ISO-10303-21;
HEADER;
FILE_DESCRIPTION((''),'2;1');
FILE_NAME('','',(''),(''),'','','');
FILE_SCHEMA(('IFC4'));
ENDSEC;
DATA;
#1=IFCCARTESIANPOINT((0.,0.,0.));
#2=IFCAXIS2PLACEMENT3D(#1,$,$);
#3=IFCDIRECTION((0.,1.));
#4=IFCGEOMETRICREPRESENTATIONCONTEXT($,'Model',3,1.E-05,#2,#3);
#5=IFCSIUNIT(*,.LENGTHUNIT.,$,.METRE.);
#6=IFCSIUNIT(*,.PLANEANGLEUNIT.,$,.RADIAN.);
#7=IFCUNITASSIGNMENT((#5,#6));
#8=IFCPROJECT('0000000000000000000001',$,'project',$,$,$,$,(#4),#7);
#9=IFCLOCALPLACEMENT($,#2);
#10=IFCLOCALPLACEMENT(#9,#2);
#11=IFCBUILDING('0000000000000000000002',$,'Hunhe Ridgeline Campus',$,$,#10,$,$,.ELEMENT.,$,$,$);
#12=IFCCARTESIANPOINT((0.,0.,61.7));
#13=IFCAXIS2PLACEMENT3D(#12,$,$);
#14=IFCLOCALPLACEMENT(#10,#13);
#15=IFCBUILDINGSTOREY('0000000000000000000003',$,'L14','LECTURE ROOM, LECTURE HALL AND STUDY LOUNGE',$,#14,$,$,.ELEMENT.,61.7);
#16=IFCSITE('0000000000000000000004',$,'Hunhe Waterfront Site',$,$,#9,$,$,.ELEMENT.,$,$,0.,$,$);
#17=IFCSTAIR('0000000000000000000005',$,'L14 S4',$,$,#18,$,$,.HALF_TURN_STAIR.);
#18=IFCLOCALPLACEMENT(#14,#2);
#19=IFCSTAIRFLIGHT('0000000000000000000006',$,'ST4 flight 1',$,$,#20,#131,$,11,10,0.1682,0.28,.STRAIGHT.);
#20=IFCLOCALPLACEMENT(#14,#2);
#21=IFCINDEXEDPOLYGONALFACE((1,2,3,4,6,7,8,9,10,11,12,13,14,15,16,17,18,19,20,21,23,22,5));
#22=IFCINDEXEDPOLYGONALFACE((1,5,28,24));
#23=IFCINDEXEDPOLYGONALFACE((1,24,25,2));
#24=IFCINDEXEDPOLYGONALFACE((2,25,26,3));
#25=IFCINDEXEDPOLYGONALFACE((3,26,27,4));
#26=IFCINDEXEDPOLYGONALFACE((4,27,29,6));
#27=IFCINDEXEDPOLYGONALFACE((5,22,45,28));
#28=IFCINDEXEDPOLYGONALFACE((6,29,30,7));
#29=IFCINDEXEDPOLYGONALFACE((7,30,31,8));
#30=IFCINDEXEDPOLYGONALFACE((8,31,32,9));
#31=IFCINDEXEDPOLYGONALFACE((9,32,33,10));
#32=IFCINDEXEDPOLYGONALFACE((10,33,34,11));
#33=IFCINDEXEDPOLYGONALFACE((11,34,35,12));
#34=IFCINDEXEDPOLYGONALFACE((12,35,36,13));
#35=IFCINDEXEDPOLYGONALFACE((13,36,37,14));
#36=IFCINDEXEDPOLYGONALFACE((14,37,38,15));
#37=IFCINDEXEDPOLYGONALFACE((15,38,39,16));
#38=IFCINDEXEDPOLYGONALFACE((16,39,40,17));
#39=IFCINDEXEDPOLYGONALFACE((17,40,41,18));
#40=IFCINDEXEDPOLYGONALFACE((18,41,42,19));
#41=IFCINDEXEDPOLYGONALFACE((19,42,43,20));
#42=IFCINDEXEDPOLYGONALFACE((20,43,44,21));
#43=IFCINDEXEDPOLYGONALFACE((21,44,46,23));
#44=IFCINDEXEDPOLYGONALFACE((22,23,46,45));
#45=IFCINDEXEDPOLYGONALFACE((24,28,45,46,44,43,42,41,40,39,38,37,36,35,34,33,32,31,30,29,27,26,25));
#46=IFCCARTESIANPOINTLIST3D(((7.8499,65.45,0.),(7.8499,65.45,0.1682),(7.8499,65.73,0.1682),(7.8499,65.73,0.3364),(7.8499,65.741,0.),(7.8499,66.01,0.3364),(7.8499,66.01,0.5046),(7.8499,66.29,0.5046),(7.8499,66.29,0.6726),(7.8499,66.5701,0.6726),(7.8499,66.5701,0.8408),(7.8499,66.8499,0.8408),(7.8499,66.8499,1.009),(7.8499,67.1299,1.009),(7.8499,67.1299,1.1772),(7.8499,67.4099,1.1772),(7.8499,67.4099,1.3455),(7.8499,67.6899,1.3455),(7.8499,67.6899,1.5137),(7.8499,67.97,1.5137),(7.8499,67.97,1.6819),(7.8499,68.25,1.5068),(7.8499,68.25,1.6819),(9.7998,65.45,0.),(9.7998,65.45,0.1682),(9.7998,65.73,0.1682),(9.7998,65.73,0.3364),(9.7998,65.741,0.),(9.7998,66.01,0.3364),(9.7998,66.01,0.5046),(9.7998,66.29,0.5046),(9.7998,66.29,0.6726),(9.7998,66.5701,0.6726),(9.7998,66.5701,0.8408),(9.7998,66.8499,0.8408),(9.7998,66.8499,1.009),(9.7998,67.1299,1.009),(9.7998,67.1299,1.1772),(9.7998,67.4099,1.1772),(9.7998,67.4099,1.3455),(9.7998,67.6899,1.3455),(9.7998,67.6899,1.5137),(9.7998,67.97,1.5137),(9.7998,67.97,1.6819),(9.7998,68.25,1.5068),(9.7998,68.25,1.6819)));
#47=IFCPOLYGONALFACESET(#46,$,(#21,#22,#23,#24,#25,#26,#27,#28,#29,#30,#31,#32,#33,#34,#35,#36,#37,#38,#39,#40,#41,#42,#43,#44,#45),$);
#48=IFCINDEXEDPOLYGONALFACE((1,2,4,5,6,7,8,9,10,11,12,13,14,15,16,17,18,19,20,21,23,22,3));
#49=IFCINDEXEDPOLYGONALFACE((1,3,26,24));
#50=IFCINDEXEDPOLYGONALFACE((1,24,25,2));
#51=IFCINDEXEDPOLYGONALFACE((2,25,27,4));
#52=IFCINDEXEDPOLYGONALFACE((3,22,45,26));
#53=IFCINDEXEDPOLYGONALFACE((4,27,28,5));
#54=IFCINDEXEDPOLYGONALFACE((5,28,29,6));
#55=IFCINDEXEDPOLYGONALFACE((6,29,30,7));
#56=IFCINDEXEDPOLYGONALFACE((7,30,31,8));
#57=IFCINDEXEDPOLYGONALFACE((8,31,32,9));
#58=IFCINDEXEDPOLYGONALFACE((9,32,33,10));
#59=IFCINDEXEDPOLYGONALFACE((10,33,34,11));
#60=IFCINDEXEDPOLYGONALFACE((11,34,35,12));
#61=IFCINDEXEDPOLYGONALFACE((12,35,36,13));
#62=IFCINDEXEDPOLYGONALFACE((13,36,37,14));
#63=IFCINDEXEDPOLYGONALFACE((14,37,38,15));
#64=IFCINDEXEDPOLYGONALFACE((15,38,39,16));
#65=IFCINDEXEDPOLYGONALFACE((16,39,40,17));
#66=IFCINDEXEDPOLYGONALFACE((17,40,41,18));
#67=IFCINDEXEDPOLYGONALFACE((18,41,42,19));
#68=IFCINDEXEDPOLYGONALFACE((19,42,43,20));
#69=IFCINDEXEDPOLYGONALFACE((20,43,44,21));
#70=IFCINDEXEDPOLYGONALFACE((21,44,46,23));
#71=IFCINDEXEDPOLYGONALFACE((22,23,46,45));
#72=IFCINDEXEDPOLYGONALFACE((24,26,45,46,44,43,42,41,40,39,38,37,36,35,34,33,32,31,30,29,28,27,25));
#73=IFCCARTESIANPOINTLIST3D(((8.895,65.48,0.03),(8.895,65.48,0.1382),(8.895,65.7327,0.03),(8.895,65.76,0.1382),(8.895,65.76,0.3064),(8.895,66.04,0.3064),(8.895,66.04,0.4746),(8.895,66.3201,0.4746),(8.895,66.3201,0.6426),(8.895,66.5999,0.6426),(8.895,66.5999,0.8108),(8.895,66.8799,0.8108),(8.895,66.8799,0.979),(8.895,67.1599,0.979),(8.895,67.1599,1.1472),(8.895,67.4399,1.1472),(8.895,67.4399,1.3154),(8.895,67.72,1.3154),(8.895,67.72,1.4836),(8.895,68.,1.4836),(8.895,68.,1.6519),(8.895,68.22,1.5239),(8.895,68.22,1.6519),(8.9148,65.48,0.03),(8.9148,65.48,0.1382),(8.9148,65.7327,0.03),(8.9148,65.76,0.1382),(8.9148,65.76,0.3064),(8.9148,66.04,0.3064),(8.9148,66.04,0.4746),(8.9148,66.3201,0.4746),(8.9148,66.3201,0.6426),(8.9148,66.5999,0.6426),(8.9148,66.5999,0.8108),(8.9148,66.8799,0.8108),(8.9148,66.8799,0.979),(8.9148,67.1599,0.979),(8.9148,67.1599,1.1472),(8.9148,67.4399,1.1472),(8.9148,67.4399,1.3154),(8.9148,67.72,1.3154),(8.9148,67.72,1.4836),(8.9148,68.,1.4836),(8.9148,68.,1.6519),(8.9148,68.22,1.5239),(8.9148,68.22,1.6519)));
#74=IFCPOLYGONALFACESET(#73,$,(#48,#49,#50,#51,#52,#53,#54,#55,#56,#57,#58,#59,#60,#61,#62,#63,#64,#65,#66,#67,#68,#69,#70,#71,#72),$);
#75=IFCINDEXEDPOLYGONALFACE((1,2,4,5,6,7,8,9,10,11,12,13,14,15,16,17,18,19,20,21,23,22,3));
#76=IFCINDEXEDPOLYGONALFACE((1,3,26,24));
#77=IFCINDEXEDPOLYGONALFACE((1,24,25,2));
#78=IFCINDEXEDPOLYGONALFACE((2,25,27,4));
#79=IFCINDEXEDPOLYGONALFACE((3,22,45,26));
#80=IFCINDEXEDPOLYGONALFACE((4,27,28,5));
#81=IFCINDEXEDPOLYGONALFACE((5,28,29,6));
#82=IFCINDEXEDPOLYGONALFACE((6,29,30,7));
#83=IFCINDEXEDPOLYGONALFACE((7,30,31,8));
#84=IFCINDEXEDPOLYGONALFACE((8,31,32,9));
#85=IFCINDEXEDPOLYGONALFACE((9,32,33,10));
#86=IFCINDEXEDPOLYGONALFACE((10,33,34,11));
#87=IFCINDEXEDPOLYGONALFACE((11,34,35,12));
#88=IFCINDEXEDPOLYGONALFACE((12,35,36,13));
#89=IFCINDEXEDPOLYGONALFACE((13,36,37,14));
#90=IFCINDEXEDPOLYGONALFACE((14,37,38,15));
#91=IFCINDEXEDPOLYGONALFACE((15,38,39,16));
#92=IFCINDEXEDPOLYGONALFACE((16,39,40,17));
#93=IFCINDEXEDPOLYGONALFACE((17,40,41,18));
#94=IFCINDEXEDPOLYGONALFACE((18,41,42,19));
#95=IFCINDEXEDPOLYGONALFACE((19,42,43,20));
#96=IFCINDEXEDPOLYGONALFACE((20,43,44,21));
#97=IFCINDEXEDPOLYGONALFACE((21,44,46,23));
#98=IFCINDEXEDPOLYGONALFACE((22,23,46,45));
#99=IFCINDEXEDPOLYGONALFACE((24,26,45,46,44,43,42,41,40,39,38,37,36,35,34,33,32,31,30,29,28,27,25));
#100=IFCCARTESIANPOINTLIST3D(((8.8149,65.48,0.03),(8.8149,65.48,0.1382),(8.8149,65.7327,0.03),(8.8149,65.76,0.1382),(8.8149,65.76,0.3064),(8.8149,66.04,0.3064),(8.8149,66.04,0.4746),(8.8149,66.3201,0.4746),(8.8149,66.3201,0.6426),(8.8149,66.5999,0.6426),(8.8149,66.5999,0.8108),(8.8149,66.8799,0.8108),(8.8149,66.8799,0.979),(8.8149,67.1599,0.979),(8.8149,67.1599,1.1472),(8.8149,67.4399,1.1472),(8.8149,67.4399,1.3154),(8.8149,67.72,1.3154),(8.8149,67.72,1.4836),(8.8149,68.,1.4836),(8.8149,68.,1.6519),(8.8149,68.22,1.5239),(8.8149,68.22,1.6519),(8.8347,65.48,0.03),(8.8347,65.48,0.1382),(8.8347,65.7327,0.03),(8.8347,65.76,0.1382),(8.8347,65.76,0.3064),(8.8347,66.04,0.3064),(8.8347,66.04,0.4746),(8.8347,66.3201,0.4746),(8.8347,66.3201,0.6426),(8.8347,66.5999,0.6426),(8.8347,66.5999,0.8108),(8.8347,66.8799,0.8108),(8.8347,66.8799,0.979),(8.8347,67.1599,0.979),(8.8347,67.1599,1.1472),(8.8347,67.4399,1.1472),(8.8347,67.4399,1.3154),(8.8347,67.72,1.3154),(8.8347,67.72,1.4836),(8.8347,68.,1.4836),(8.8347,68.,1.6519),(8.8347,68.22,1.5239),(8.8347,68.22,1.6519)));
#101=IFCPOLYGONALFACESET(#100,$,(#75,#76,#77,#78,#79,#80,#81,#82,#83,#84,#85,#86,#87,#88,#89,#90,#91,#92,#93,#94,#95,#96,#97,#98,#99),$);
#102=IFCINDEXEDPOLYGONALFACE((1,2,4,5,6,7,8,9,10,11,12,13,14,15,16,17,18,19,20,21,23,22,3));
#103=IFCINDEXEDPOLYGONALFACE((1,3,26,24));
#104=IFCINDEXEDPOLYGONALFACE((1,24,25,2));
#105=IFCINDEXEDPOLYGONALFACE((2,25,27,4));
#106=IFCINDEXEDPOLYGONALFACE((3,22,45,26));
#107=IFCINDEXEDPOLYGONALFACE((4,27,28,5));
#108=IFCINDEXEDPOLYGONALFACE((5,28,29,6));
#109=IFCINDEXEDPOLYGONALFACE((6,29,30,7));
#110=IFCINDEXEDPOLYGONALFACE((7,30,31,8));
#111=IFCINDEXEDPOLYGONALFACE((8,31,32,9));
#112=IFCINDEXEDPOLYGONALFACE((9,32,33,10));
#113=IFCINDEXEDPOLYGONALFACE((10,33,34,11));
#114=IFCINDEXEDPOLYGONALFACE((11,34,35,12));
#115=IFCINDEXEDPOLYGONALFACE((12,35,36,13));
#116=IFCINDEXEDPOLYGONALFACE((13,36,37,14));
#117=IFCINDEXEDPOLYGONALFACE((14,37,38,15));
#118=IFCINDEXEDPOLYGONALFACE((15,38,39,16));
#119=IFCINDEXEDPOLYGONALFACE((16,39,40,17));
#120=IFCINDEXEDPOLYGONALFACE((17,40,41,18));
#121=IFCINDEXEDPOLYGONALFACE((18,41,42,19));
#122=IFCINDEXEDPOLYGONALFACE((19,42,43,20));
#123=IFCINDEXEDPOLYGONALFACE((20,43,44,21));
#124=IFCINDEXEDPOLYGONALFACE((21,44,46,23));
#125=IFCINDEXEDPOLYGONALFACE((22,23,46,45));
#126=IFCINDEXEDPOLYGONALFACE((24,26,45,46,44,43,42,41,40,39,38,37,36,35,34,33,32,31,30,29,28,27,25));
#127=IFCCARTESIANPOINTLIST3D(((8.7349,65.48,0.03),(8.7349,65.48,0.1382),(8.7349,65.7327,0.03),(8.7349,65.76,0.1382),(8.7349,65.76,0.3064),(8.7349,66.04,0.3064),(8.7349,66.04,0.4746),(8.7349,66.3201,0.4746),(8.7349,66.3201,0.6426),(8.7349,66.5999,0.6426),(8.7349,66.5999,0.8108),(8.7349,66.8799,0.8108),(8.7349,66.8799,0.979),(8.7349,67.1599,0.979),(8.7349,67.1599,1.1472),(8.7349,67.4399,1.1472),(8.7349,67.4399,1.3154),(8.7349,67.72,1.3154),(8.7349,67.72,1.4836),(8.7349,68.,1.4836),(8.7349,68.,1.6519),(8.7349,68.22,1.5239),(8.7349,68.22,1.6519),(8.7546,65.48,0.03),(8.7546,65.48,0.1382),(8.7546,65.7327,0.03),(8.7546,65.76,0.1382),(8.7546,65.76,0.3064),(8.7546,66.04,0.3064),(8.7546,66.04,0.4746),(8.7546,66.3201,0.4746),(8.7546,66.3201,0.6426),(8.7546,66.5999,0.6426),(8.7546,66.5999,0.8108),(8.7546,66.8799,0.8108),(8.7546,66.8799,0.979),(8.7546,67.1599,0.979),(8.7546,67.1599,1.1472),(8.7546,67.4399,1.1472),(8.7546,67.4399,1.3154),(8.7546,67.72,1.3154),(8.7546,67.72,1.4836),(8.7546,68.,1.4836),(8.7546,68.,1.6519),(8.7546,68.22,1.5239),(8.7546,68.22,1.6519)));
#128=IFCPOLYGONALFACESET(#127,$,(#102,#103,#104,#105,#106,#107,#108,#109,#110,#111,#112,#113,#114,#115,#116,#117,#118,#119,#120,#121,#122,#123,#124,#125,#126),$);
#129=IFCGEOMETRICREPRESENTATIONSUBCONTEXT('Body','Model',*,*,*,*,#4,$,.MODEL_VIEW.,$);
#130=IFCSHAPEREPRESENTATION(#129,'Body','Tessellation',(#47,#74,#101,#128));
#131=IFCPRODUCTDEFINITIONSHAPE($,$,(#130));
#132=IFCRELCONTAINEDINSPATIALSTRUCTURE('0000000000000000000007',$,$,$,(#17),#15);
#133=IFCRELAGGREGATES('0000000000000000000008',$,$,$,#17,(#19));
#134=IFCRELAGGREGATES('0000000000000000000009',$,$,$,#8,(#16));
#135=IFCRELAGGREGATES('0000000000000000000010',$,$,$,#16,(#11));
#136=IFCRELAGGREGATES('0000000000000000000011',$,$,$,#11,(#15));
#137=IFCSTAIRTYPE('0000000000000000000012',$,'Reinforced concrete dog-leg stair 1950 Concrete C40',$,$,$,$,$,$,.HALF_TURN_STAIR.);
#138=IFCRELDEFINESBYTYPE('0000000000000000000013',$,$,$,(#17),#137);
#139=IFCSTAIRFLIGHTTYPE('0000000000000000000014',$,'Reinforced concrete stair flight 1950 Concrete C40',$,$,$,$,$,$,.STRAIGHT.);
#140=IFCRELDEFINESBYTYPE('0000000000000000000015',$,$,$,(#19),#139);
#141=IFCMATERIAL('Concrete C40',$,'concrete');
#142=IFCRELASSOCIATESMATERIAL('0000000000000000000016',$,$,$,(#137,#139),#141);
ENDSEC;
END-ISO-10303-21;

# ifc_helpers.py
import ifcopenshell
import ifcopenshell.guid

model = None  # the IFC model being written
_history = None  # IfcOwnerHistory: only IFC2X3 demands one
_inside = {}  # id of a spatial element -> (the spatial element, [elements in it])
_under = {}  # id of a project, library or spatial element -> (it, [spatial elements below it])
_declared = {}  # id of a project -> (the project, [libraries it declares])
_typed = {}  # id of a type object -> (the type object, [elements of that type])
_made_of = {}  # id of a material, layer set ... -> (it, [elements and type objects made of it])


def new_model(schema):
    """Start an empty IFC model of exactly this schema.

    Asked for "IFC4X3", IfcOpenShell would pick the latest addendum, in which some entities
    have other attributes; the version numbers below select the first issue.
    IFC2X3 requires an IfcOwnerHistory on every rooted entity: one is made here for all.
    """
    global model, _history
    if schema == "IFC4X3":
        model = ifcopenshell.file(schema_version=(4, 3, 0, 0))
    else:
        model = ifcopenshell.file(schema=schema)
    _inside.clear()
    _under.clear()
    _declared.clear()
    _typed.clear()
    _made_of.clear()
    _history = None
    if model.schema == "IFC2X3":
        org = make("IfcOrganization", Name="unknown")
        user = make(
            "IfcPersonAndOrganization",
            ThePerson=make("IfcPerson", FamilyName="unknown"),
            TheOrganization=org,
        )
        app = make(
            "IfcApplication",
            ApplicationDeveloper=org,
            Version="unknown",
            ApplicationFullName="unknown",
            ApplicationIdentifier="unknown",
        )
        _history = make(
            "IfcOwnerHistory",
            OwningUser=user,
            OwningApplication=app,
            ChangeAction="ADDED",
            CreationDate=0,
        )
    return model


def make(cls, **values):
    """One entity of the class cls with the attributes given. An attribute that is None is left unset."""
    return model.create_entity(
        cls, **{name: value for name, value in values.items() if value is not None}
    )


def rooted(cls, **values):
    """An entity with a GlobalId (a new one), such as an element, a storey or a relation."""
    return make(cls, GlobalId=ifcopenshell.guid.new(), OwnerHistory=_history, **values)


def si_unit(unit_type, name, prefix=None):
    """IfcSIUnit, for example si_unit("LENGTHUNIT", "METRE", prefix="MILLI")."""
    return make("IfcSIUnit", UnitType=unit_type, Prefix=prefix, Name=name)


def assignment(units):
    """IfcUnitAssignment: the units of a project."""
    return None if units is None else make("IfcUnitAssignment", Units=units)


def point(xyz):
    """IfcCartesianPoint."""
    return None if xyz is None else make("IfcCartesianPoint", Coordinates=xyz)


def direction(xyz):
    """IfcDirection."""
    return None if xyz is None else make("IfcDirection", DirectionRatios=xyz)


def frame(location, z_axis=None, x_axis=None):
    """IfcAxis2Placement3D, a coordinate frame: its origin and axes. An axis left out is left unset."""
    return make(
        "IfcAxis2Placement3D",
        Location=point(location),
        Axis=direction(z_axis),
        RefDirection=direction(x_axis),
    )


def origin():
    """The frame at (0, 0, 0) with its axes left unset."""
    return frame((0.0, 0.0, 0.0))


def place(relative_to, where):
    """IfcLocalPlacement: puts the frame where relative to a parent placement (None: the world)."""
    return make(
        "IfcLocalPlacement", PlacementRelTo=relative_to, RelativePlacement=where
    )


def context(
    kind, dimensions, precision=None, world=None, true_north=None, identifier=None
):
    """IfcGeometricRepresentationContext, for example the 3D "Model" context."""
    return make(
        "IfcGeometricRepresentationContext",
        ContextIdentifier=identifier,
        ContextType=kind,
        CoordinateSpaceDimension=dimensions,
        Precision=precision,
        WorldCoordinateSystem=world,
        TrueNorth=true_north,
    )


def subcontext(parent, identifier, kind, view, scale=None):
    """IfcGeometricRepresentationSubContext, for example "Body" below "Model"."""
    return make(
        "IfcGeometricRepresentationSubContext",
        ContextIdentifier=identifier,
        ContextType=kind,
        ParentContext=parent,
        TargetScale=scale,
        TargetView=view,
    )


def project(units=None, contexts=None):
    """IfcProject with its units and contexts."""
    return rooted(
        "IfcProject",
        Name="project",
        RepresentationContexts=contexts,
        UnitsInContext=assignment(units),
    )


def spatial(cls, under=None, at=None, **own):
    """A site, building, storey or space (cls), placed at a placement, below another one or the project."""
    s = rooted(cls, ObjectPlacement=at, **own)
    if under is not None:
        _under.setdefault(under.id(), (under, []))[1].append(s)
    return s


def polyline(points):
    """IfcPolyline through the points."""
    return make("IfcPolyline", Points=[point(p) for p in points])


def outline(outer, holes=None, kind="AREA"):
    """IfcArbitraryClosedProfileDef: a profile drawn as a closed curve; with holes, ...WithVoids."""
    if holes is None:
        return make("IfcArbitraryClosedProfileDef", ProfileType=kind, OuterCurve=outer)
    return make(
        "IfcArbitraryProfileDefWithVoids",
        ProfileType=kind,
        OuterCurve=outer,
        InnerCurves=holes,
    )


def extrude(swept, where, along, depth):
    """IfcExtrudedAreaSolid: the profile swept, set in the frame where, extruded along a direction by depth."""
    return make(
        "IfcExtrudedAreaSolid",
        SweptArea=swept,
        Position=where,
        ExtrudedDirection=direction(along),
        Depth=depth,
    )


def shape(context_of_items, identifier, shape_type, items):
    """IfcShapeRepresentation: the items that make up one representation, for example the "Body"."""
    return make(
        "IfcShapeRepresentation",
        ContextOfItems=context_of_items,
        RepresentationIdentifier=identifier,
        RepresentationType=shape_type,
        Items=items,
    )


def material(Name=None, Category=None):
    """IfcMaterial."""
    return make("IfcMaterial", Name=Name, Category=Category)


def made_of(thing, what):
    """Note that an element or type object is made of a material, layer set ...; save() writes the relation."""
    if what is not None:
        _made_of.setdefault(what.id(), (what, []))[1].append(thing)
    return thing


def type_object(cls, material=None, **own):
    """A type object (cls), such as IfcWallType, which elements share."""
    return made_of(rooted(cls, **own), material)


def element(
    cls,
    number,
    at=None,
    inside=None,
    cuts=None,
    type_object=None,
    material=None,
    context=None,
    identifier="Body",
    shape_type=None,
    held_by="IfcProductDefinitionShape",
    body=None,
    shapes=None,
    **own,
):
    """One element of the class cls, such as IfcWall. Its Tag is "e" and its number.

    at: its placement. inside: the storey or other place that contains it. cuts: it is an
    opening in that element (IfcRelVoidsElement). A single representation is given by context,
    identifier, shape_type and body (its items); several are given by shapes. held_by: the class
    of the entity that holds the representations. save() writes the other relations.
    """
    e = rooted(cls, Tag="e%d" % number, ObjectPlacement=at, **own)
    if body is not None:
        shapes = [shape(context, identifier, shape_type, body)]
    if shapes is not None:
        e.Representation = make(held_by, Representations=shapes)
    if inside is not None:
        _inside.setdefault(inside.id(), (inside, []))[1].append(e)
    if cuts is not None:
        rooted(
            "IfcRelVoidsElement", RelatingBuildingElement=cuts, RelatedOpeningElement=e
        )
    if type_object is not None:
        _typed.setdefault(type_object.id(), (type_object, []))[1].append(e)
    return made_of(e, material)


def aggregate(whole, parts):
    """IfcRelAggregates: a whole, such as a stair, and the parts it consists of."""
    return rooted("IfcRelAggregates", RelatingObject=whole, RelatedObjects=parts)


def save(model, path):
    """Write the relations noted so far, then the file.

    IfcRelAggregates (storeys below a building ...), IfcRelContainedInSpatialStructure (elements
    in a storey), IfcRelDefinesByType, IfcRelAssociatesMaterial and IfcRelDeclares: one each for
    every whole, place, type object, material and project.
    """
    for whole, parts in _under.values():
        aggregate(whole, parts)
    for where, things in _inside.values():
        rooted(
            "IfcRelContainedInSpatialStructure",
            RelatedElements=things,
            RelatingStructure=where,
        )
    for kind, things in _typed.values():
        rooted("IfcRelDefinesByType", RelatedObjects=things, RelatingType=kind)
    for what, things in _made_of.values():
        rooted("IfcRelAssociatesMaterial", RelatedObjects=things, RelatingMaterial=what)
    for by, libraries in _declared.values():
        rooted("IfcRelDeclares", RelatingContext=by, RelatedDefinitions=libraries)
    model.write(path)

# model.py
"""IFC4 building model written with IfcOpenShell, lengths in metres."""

from ifc_helpers import new_model, si_unit, direction, frame, origin, place, context, subcontext, project, spatial, polyline, outline, extrude, material, type_object, element, aggregate, save


model = new_model("IFC4")

# Units and contexts
model_context = context("Model", 3, precision=1e-05, world=origin(), true_north=direction((0.0, 1.0)))
body_context = subcontext(model_context, "Body", "Model", "MODEL_VIEW")
ifc_project = project(units=[si_unit("LENGTHUNIT", "METRE"), si_unit("PLANEANGLEUNIT", "RADIAN")], contexts=[model_context])

# Site, building, storey
site_placement = place(None, origin())
site = spatial("IfcSite", under=ifc_project, at=site_placement, Name="Hunhe Waterfront Site", CompositionType="ELEMENT", RefElevation=0.0)
building_placement = place(site_placement, origin())
building = spatial("IfcBuilding", under=site, at=building_placement, Name="Hunhe Ridgeline Campus", CompositionType="ELEMENT")
storey_placement = place(building_placement, frame((0.0, 0.0, 61.7)))
storey = spatial("IfcBuildingStorey", under=building, at=storey_placement, Name="L14", Description="LECTURE ROOM, LECTURE HALL AND STUDY LOUNGE", CompositionType="ELEMENT", Elevation=61.7)

# Stair, stair flight
ifc_material_1 = material(Name="Concrete C40", Category="concrete")
stair_type = type_object("IfcStairType", Name="Reinforced concrete dog-leg stair 1950 Concrete C40", PredefinedType="HALF_TURN_STAIR", material=ifc_material_1)
stair_flight_type = type_object("IfcStairFlightType", Name="Reinforced concrete stair flight 1950 Concrete C40", PredefinedType="STRAIGHT", material=ifc_material_1)
stair_1_placement = place(storey_placement, origin())
stair_1 = element("IfcStair", 1, at=stair_1_placement, inside=storey, type_object=stair_type, Name="L14 S4", PredefinedType="HALF_TURN_STAIR")
stair_flight_1_placement = place(storey_placement, frame((8.825, 65.45, 0.0), z_axis=(0.0, 0.0, 1.0), x_axis=(0.0, 1.0, 0.0)))
stair_flight_1 = element("IfcStairFlight", 2, at=stair_flight_1_placement, type_object=stair_flight_type, Name="ST4 flight 1", NumberOfRisers=11, NumberOfTreads=10, PredefinedType="STRAIGHT", RiserHeight=0.1682, TreadLength=0.28, context=body_context, shape_type="SweptSolid", body=[
    extrude(outline(polyline([(0.0, 0.0), (0.0, 0.1682), (0.28, 0.1682), (0.28, 0.3364), (0.5601, 0.3364), (0.5601, 0.5046), (0.8401, 0.5046), (0.8401, 0.6726), (1.1201, 0.6726), (1.1201, 0.8408), (1.3999, 0.8408), (1.3999, 1.009), (1.6799, 1.009), (1.6799, 1.1772), (1.96, 1.1772), (1.96, 1.3455), (2.24, 1.3455), (2.24, 1.5137), (2.52, 1.5137), (2.52, 1.6819), (2.8, 1.6819), (2.8, 1.8501), (2.8, 1.5068), (0.291, 0.0), (0.0, 0.0)])), frame((0.0, 0.9751, 0.0), z_axis=(0.0, -1.0, 0.0), x_axis=(1.0, 0.0, 0.0)), (0.0, 0.0, 1.0), 1.95),
    extrude(outline(polyline([(0.03, 0.03), (0.03, 0.1382), (0.3101, 0.1382), (0.3101, 0.3064), (0.5901, 0.3064), (0.5901, 0.4746), (0.8701, 0.4746), (0.8701, 0.6426), (1.1499, 0.6426), (1.1499, 0.8108), (1.4299, 0.8108), (1.4299, 0.979), (1.71, 0.979), (1.71, 1.1472), (1.99, 1.1472), (1.99, 1.3154), (2.27, 1.3154), (2.27, 1.4836), (2.55, 1.4836), (2.55, 1.6519), (2.77, 1.6519), (2.77, 1.5239), (0.2827, 0.03), (0.03, 0.03)])), frame((0.0, -0.0701, 0.0), z_axis=(0.0, -1.0, 0.0), x_axis=(1.0, 0.0, 0.0)), (0.0, 0.0, 1.0), 0.0198),
    extrude(outline(polyline([(0.03, 0.03), (0.03, 0.1382), (0.3101, 0.1382), (0.3101, 0.3064), (0.5901, 0.3064), (0.5901, 0.4746), (0.8701, 0.4746), (0.8701, 0.6426), (1.1499, 0.6426), (1.1499, 0.8108), (1.4299, 0.8108), (1.4299, 0.979), (1.71, 0.979), (1.71, 1.1472), (1.99, 1.1472), (1.99, 1.3154), (2.27, 1.3154), (2.27, 1.4836), (2.55, 1.4836), (2.55, 1.6519), (2.77, 1.6519), (2.77, 1.5239), (0.2827, 0.03), (0.03, 0.03)])), frame((0.0, 0.01, 0.0), z_axis=(0.0, -1.0, 0.0), x_axis=(1.0, 0.0, 0.0)), (0.0, 0.0, 1.0), 0.0198),
    extrude(outline(polyline([(0.03, 0.03), (0.03, 0.1382), (0.3101, 0.1382), (0.3101, 0.3064), (0.5901, 0.3064), (0.5901, 0.4746), (0.8701, 0.4746), (0.8701, 0.6426), (1.1499, 0.6426), (1.1499, 0.8108), (1.4299, 0.8108), (1.4299, 0.979), (1.71, 0.979), (1.71, 1.1472), (1.99, 1.1472), (1.99, 1.3154), (2.27, 1.3154), (2.27, 1.4836), (2.55, 1.4836), (2.55, 1.6519), (2.77, 1.6519), (2.77, 1.5239), (0.2827, 0.03), (0.03, 0.03)])), frame((0.0, 0.0901, 0.0), z_axis=(0.0, -1.0, 0.0), x_axis=(1.0, 0.0, 0.0)), (0.0, 0.0, 1.0), 0.0198),
])
aggregate(stair_1, [stair_flight_1])

save(model, "model.ifc")
